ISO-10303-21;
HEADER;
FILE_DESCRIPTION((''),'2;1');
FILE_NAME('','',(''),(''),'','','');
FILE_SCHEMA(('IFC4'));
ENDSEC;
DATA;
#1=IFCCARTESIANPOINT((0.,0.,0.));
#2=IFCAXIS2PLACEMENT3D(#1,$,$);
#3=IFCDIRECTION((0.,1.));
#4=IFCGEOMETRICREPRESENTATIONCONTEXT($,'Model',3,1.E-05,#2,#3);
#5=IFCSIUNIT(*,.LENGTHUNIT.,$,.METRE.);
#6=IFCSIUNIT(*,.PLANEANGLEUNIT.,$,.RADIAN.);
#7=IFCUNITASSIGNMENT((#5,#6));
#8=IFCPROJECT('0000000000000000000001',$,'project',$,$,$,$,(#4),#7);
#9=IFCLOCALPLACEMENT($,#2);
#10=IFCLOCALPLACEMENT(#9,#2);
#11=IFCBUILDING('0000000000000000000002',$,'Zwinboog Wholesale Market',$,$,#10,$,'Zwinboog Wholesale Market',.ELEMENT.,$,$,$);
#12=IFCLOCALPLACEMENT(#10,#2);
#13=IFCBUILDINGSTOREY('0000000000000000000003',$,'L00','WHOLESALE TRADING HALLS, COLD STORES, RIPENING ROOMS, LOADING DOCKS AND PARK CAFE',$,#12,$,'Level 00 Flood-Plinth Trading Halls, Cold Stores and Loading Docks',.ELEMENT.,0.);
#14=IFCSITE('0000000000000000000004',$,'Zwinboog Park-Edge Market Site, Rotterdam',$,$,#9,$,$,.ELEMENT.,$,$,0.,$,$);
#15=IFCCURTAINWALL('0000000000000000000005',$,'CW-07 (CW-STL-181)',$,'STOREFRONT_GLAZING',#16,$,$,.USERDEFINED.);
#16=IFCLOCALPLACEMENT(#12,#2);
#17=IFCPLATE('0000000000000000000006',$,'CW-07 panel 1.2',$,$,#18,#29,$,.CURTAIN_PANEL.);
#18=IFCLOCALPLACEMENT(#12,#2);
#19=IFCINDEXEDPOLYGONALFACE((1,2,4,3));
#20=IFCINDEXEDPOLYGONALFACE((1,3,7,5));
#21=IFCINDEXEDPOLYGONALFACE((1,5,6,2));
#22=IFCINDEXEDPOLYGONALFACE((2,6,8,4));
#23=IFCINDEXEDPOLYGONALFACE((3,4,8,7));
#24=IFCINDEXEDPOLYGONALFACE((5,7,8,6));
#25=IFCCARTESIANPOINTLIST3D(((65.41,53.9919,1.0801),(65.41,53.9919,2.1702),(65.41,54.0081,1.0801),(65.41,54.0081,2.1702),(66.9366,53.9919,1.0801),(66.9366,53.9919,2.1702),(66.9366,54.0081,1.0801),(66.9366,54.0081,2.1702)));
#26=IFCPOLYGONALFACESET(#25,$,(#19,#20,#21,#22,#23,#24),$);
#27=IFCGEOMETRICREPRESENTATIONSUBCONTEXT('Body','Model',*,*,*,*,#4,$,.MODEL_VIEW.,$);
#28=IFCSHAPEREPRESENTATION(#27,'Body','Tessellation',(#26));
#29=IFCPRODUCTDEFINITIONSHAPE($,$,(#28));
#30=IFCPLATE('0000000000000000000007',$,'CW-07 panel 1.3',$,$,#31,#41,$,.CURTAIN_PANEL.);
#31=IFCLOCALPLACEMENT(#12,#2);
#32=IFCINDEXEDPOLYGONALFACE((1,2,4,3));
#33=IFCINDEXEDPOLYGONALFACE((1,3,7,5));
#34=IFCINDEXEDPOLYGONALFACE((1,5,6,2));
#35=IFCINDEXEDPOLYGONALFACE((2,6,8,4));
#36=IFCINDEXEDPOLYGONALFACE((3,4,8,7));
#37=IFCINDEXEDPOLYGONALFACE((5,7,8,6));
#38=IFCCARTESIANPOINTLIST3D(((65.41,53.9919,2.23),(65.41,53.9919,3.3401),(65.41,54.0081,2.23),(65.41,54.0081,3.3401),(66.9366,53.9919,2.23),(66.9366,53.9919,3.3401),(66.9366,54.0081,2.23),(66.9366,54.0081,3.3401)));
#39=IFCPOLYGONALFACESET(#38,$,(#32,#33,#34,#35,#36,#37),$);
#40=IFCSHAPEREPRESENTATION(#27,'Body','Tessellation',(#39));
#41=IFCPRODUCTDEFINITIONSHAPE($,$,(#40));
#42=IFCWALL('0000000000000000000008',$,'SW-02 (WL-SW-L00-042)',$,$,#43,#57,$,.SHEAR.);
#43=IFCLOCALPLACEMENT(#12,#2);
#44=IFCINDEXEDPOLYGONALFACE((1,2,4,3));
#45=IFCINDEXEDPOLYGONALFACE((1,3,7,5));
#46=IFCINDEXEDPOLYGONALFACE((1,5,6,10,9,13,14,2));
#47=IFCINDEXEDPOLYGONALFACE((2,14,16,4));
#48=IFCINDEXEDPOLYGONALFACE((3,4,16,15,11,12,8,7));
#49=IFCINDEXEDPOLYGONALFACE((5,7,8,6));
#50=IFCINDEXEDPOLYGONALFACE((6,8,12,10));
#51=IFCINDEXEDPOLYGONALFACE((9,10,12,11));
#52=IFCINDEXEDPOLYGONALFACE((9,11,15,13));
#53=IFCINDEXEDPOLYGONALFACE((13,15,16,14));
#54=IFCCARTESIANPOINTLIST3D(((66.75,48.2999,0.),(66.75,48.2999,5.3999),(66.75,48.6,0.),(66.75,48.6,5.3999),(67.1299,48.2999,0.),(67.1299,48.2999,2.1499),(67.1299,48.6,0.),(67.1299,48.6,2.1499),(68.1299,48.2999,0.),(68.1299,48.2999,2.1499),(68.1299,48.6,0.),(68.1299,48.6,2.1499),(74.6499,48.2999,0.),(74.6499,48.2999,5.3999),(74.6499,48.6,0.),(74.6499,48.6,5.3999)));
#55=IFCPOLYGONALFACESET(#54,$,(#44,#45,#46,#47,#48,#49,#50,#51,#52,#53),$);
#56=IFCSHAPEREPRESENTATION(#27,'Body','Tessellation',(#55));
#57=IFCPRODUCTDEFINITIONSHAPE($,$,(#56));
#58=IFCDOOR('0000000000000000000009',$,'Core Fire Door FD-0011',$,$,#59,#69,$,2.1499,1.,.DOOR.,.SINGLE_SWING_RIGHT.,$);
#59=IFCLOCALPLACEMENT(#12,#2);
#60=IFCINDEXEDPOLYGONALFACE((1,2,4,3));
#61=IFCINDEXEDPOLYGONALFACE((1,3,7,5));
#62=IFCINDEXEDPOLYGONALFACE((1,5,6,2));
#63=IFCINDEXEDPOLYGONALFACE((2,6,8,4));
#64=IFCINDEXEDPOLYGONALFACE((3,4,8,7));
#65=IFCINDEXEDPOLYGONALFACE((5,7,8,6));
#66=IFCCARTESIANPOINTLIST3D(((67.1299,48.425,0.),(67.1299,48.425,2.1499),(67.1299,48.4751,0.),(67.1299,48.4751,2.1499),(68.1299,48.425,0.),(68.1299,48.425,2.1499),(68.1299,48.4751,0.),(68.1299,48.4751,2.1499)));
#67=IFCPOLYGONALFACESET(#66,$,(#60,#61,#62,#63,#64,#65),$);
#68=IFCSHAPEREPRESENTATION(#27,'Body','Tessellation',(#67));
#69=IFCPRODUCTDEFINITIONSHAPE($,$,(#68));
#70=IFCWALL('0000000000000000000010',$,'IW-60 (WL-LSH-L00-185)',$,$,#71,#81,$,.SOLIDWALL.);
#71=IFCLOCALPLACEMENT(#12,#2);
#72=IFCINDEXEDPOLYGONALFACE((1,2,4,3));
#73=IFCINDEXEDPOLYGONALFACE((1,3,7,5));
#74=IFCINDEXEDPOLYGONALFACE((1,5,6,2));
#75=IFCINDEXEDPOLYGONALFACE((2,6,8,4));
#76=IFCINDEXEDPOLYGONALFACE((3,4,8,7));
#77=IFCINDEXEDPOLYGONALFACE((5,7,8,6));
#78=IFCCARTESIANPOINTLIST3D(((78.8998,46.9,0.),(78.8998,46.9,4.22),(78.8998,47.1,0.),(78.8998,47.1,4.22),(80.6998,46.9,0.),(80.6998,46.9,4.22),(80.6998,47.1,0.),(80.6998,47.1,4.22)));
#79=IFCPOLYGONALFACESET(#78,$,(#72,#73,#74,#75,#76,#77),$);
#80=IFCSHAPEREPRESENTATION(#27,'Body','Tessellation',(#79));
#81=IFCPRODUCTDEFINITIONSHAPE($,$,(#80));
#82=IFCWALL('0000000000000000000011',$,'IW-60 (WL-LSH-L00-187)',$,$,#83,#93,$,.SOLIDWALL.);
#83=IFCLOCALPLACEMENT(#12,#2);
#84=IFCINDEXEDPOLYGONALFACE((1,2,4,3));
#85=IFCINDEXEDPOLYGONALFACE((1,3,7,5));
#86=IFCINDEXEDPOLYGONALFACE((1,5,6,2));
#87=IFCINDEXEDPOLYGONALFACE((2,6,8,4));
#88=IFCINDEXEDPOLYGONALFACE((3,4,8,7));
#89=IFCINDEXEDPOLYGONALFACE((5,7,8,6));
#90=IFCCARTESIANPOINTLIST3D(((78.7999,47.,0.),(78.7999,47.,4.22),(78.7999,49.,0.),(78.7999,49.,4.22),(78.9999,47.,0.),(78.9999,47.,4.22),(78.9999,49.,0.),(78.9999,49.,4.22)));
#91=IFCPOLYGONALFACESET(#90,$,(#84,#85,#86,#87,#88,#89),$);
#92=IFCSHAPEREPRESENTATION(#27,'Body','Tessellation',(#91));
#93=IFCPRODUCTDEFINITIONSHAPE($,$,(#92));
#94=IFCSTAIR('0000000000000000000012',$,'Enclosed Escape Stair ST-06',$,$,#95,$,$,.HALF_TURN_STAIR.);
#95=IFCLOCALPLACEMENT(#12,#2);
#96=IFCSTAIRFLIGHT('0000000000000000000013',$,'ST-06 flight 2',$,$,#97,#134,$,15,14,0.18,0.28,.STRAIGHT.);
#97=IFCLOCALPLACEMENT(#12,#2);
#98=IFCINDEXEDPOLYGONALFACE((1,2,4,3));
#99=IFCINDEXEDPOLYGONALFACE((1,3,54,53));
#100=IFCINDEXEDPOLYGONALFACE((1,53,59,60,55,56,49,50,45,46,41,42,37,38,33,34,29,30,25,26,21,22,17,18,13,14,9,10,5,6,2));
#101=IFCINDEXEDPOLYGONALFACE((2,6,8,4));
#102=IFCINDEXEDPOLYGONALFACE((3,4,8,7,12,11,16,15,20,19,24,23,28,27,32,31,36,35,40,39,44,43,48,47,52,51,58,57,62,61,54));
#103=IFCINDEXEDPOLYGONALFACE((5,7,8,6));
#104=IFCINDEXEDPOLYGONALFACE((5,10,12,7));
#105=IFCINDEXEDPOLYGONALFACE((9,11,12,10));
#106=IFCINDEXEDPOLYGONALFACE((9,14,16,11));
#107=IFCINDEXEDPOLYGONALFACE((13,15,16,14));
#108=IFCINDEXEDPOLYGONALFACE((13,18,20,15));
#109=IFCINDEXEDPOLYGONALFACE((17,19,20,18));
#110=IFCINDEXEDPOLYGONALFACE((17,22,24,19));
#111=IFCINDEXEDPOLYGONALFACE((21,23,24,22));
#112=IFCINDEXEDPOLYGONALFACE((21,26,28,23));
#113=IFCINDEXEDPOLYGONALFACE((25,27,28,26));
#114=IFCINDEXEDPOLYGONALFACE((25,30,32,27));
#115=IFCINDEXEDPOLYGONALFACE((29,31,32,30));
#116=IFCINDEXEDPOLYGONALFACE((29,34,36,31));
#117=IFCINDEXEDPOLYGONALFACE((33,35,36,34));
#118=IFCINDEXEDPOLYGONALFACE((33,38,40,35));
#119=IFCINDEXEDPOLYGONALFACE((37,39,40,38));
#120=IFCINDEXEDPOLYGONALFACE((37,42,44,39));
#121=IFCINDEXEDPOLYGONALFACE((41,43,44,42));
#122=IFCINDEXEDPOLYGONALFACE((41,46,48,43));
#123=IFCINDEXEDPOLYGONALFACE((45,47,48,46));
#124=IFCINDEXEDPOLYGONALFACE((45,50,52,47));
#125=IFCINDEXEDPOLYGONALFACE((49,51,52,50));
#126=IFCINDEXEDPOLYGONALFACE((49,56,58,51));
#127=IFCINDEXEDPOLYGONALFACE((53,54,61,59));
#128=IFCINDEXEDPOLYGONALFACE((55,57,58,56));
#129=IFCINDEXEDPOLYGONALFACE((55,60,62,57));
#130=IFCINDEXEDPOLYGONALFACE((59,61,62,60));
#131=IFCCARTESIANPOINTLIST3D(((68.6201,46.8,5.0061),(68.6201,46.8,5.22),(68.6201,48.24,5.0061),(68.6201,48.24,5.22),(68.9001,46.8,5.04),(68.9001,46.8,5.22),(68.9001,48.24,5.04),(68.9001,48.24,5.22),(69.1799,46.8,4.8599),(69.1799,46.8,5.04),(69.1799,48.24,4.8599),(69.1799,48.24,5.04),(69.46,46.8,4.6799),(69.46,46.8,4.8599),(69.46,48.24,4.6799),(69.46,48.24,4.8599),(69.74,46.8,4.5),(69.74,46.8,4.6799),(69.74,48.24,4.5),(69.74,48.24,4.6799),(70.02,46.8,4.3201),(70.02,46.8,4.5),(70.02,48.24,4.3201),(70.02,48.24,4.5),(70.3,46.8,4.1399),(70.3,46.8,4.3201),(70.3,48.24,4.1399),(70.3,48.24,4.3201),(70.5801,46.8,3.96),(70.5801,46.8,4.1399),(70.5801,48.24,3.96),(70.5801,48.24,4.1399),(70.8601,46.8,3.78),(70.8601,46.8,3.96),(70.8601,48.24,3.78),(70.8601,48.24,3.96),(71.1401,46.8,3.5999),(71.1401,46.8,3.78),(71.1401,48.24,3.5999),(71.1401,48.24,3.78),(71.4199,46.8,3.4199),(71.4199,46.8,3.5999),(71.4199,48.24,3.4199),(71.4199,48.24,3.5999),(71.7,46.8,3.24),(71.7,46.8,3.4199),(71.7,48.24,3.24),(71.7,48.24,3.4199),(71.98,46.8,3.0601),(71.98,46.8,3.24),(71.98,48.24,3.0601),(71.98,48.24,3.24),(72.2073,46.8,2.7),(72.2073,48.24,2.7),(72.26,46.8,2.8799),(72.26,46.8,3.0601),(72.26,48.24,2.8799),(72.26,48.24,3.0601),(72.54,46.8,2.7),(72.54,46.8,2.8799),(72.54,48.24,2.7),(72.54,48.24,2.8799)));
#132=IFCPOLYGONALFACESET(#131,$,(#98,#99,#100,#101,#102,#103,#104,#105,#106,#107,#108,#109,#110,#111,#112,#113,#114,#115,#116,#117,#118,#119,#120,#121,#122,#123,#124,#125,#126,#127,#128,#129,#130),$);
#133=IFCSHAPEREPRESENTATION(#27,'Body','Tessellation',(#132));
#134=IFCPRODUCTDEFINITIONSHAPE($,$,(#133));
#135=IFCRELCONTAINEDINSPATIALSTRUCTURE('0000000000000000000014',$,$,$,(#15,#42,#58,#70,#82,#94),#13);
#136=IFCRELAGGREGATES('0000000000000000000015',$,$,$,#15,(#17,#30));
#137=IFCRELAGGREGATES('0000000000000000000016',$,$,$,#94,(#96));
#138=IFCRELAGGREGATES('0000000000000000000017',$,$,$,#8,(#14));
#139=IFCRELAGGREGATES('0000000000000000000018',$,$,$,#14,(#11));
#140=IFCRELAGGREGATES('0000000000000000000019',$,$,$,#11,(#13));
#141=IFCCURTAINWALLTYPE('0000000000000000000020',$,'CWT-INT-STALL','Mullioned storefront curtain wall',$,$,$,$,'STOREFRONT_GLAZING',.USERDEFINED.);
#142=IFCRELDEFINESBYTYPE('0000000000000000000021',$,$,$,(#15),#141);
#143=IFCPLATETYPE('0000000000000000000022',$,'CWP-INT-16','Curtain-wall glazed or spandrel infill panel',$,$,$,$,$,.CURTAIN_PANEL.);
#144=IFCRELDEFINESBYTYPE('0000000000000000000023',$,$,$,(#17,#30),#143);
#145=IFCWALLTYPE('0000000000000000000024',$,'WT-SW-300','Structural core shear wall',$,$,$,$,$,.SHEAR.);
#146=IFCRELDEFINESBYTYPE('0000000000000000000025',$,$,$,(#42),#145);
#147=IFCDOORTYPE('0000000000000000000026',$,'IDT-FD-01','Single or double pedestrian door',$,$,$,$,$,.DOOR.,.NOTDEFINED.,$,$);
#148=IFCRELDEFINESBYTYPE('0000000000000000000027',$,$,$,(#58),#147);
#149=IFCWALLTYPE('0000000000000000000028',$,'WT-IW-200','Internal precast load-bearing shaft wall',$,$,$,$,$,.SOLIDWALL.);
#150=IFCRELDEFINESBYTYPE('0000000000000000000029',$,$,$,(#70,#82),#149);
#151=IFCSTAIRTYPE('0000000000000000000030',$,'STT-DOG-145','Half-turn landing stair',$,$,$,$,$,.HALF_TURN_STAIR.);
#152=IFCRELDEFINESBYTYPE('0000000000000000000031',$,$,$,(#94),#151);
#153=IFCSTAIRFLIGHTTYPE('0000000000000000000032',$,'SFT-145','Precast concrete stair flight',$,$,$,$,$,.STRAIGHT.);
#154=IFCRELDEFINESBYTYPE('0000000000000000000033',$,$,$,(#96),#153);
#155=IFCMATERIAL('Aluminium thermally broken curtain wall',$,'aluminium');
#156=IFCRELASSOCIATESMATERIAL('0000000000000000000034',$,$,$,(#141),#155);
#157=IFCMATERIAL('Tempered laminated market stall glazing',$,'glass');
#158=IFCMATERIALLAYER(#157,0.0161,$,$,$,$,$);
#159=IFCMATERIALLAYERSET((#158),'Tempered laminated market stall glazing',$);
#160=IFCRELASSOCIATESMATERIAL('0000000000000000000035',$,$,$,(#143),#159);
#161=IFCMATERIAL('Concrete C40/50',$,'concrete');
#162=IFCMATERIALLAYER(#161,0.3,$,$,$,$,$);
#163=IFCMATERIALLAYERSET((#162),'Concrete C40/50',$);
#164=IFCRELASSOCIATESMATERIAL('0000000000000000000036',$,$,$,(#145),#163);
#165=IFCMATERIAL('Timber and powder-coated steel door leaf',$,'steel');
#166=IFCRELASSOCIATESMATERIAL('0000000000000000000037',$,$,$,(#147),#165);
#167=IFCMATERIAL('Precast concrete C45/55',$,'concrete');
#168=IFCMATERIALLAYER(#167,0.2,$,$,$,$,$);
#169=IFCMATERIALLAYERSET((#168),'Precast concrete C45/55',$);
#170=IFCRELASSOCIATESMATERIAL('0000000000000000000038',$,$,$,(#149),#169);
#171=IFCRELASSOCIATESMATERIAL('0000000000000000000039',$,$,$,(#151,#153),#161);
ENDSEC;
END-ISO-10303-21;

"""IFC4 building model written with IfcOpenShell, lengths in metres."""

from ifc_helpers import new_model, si_unit, direction, frame, frame_2d, origin, origin_2d, place, context, subcontext, project, spatial, polyline, rectangle, outline, extrude, material, layer, layer_set, type_object, element, fill, aggregate, save


model = new_model("IFC4")

# Units and contexts
model_context = context("Model", 3, precision=1e-05, world=origin(), true_north=direction((0.0, 1.0)))
body_context = subcontext(model_context, "Body", "Model", "MODEL_VIEW")
ifc_project = project(units=[si_unit("LENGTHUNIT", "METRE"), si_unit("PLANEANGLEUNIT", "RADIAN")], contexts=[model_context])

# Site, building, storey
site_placement = place(None, origin())
site = spatial("IfcSite", under=ifc_project, at=site_placement, Name="Zwinboog Park-Edge Market Site, Rotterdam", CompositionType="ELEMENT", RefElevation=0.0)
building_placement = place(site_placement, origin())
building = spatial("IfcBuilding", under=site, at=building_placement, Name="Zwinboog Wholesale Market", LongName="Zwinboog Wholesale Market", CompositionType="ELEMENT")
storey_placement = place(building_placement, origin())
storey = spatial("IfcBuildingStorey", under=building, at=storey_placement, Name="L00", Description="WHOLESALE TRADING HALLS, COLD STORES, RIPENING ROOMS, LOADING DOCKS AND PARK CAFE", LongName="Level 00 Flood-Plinth Trading Halls, Cold Stores and Loading Docks", CompositionType="ELEMENT", Elevation=0.0)

# Shared definitions
ifc_material_1 = material(Name="Concrete C40/50", Category="concrete")

# Shared definitions
ifc_material_2 = material(Name="Precast concrete C45/55", Category="concrete")

# Shared definitions
ifc_material_3 = material(Name="Aluminium thermally broken curtain wall", Category="aluminium")

# Curtain wall, plates
curtain_wall_type_1 = type_object("IfcCurtainWallType", Name="CWT-INT-STALL", Description="Mullioned storefront curtain wall", ElementType="STOREFRONT_GLAZING", PredefinedType="USERDEFINED", material=ifc_material_3)
curtain_wall_1_placement = place(storey_placement, origin())
curtain_wall_1 = element("IfcCurtainWall", 1, at=curtain_wall_1_placement, inside=storey, type_object=curtain_wall_type_1, Name="CW-07 (CW-STL-181)", ObjectType="STOREFRONT_GLAZING", PredefinedType="USERDEFINED")
ifc_material_4 = material(Name="Tempered laminated market stall glazing", Category="glass")
ifc_layer_1 = layer(ifc_material_4, 0.0161)
ifc_layer_set_1 = layer_set([ifc_layer_1], Name="Tempered laminated market stall glazing")
plate_type = type_object("IfcPlateType", Name="CWP-INT-16", Description="Curtain-wall glazed or spandrel infill panel", PredefinedType="CURTAIN_PANEL", material=ifc_layer_set_1)
plate_1_placement = place(storey_placement, frame((66.1733, 54.0, 1.0801), z_axis=(0.0, 0.0, 1.0), x_axis=(1.0, 0.0, 0.0)))
plate_1 = element("IfcPlate", 2, at=plate_1_placement, type_object=plate_type, Name="CW-07 panel 1.2", PredefinedType="CURTAIN_PANEL", context=body_context, shape_type="SweptSolid", body=[
    extrude(rectangle(XDim=1.5266, YDim=0.0161, at=origin_2d()), origin(), (0.0, 0.0, 1.0), 1.0901),
])
plate_2_placement = place(storey_placement, frame((66.1733, 54.0, 2.23), z_axis=(0.0, 0.0, 1.0), x_axis=(1.0, 0.0, 0.0)))
plate_2 = element("IfcPlate", 3, at=plate_2_placement, type_object=plate_type, Name="CW-07 panel 1.3", PredefinedType="CURTAIN_PANEL", context=body_context, shape_type="SweptSolid", body=[
    extrude(rectangle(XDim=1.5266, YDim=0.0161, at=origin_2d()), origin(), (0.0, 0.0, 1.0), 1.1101),
])
aggregate(curtain_wall_1, [plate_1, plate_2])

# Wall, opening, door
ifc_layer_2 = layer(ifc_material_1, 0.3)
ifc_layer_set_2 = layer_set([ifc_layer_2], Name="Concrete C40/50")
wall_type_1 = type_object("IfcWallType", Name="WT-SW-300", Description="Structural core shear wall", PredefinedType="SHEAR", material=ifc_layer_set_2)
wall_1_placement = place(storey_placement, frame((66.75, 48.45, 0.0), z_axis=(0.0, 0.0, 1.0), x_axis=(1.0, 0.0, 0.0)))
wall_1 = element("IfcWall", 4, at=wall_1_placement, inside=storey, type_object=wall_type_1, Name="SW-02 (WL-SW-L00-042)", PredefinedType="SHEAR", context=body_context, shape_type="SweptSolid", body=[
    extrude(rectangle(XDim=7.8999, YDim=0.3, at=frame_2d((3.95, 0.0))), origin(), (0.0, 0.0, 1.0), 5.3999),
])
opening_1_placement = place(wall_1_placement, frame((0.3799, 0.0, 0.0)))
opening_1 = element("IfcOpeningElement", 5, at=opening_1_placement, cuts=wall_1, PredefinedType="OPENING", context=body_context, shape_type="SweptSolid", body=[
    extrude(rectangle(XDim=1.0, YDim=2.1499, at=frame_2d((0.5, 1.075))), frame((0.0, 0.1599, 0.0), z_axis=(0.0, -1.0, 0.0), x_axis=(1.0, 0.0, 0.0)), (0.0, 0.0, 1.0), 0.3201),
])
ifc_material_5 = material(Name="Timber and powder-coated steel door leaf", Category="steel")
door_type_1 = type_object("IfcDoorType", Name="IDT-FD-01", Description="Single or double pedestrian door", OperationType="NOTDEFINED", PredefinedType="DOOR", material=ifc_material_5)
door_1_placement = place(opening_1_placement, frame((1.0, 0.0, 0.0), z_axis=(0.0, 0.0, 1.0), x_axis=(-1.0, 0.0, 0.0)))
door_1 = element("IfcDoor", 6, at=door_1_placement, inside=storey, type_object=door_type_1, Name="Core Fire Door FD-0011", OperationType="SINGLE_SWING_RIGHT", OverallHeight=2.1499, OverallWidth=1.0, PredefinedType="DOOR", context=body_context, shape_type="SweptSolid", body=[
    extrude(rectangle(XDim=1.0, YDim=2.1499, at=frame_2d((0.5, 1.075))), frame((0.0, 0.0249, 0.0), z_axis=(0.0, -1.0, 0.0), x_axis=(1.0, 0.0, 0.0)), (0.0, 0.0, 1.0), 0.05),
])
fill(opening_1, door_1)

# Wall
ifc_layer_3 = layer(ifc_material_2, 0.2)
ifc_layer_set_3 = layer_set([ifc_layer_3], Name="Precast concrete C45/55")
wall_type_2 = type_object("IfcWallType", Name="WT-IW-200", Description="Internal precast load-bearing shaft wall", PredefinedType="SOLIDWALL", material=ifc_layer_set_3)
wall_2_placement = place(storey_placement, frame((78.8999, 47.0, 0.0), z_axis=(0.0, 0.0, 1.0), x_axis=(1.0, 0.0, 0.0)))
element("IfcWall", 7, at=wall_2_placement, inside=storey, type_object=wall_type_2, Name="IW-60 (WL-LSH-L00-185)", PredefinedType="SOLIDWALL", context=body_context, shape_type="SweptSolid", body=[
    extrude(rectangle(XDim=1.8, YDim=0.2, at=frame_2d((0.8999, 0.0))), origin(), (0.0, 0.0, 1.0), 4.22),
])

# Wall
wall_3_placement = place(storey_placement, frame((78.8999, 47.0, 0.0), z_axis=(0.0, 0.0, 1.0), x_axis=(0.0, 1.0, 0.0)))
element("IfcWall", 8, at=wall_3_placement, inside=storey, type_object=wall_type_2, Name="IW-60 (WL-LSH-L00-187)", PredefinedType="SOLIDWALL", context=body_context, shape_type="SweptSolid", body=[
    extrude(rectangle(XDim=2.0, YDim=0.2, at=frame_2d((1.0, 0.0))), origin(), (0.0, 0.0, 1.0), 4.22),
])

# Stair, stair flight
stair_type = type_object("IfcStairType", Name="STT-DOG-145", Description="Half-turn landing stair", PredefinedType="HALF_TURN_STAIR", material=ifc_material_1)
stair_placement = place(storey_placement, origin())
stair = element("IfcStair", 9, at=stair_placement, inside=storey, type_object=stair_type, Name="Enclosed Escape Stair ST-06", PredefinedType="HALF_TURN_STAIR")
stair_flight_type = type_object("IfcStairFlightType", Name="SFT-145", Description="Precast concrete stair flight", PredefinedType="STRAIGHT", material=ifc_material_1)
stair_flight_placement = place(storey_placement, frame((72.54, 47.52, 2.7), z_axis=(0.0, 0.0, 1.0), x_axis=(-1.0, 0.0, 0.0)))
stair_flight = element("IfcStairFlight", 10, at=stair_flight_placement, type_object=stair_flight_type, Name="ST-06 flight 2", NumberOfRisers=15, NumberOfTreads=14, PredefinedType="STRAIGHT", RiserHeight=0.18, TreadLength=0.28, context=body_context, shape_type="SweptSolid", body=[
    extrude(outline(polyline([(0.0, 0.0), (0.0, 0.1799), (0.28, 0.1799), (0.28, 0.3601), (0.5601, 0.3601), (0.5601, 0.54), (0.8401, 0.54), (0.8401, 0.72), (1.1201, 0.72), (1.1201, 0.8999), (1.3999, 0.8999), (1.3999, 1.0801), (1.6799, 1.0801), (1.6799, 1.26), (1.96, 1.26), (1.96, 1.4399), (2.24, 1.4399), (2.24, 1.6201), (2.52, 1.6201), (2.52, 1.8), (2.8, 1.8), (2.8, 1.98), (3.0801, 1.98), (3.0801, 2.1599), (3.3601, 2.1599), (3.3601, 2.3401), (3.6399, 2.3401), (3.6399, 2.52), (3.9199, 2.52), (3.9199, 2.7), (3.9199, 2.3062), (0.3328, 0.0), (0.0, 0.0)])), frame((0.0, 0.72, 0.0), z_axis=(0.0, -1.0, 0.0), x_axis=(1.0, 0.0, 0.0)), (0.0, 0.0, 1.0), 1.4399),
])
aggregate(stair, [stair_flight])

save(model, "model.ifc")
